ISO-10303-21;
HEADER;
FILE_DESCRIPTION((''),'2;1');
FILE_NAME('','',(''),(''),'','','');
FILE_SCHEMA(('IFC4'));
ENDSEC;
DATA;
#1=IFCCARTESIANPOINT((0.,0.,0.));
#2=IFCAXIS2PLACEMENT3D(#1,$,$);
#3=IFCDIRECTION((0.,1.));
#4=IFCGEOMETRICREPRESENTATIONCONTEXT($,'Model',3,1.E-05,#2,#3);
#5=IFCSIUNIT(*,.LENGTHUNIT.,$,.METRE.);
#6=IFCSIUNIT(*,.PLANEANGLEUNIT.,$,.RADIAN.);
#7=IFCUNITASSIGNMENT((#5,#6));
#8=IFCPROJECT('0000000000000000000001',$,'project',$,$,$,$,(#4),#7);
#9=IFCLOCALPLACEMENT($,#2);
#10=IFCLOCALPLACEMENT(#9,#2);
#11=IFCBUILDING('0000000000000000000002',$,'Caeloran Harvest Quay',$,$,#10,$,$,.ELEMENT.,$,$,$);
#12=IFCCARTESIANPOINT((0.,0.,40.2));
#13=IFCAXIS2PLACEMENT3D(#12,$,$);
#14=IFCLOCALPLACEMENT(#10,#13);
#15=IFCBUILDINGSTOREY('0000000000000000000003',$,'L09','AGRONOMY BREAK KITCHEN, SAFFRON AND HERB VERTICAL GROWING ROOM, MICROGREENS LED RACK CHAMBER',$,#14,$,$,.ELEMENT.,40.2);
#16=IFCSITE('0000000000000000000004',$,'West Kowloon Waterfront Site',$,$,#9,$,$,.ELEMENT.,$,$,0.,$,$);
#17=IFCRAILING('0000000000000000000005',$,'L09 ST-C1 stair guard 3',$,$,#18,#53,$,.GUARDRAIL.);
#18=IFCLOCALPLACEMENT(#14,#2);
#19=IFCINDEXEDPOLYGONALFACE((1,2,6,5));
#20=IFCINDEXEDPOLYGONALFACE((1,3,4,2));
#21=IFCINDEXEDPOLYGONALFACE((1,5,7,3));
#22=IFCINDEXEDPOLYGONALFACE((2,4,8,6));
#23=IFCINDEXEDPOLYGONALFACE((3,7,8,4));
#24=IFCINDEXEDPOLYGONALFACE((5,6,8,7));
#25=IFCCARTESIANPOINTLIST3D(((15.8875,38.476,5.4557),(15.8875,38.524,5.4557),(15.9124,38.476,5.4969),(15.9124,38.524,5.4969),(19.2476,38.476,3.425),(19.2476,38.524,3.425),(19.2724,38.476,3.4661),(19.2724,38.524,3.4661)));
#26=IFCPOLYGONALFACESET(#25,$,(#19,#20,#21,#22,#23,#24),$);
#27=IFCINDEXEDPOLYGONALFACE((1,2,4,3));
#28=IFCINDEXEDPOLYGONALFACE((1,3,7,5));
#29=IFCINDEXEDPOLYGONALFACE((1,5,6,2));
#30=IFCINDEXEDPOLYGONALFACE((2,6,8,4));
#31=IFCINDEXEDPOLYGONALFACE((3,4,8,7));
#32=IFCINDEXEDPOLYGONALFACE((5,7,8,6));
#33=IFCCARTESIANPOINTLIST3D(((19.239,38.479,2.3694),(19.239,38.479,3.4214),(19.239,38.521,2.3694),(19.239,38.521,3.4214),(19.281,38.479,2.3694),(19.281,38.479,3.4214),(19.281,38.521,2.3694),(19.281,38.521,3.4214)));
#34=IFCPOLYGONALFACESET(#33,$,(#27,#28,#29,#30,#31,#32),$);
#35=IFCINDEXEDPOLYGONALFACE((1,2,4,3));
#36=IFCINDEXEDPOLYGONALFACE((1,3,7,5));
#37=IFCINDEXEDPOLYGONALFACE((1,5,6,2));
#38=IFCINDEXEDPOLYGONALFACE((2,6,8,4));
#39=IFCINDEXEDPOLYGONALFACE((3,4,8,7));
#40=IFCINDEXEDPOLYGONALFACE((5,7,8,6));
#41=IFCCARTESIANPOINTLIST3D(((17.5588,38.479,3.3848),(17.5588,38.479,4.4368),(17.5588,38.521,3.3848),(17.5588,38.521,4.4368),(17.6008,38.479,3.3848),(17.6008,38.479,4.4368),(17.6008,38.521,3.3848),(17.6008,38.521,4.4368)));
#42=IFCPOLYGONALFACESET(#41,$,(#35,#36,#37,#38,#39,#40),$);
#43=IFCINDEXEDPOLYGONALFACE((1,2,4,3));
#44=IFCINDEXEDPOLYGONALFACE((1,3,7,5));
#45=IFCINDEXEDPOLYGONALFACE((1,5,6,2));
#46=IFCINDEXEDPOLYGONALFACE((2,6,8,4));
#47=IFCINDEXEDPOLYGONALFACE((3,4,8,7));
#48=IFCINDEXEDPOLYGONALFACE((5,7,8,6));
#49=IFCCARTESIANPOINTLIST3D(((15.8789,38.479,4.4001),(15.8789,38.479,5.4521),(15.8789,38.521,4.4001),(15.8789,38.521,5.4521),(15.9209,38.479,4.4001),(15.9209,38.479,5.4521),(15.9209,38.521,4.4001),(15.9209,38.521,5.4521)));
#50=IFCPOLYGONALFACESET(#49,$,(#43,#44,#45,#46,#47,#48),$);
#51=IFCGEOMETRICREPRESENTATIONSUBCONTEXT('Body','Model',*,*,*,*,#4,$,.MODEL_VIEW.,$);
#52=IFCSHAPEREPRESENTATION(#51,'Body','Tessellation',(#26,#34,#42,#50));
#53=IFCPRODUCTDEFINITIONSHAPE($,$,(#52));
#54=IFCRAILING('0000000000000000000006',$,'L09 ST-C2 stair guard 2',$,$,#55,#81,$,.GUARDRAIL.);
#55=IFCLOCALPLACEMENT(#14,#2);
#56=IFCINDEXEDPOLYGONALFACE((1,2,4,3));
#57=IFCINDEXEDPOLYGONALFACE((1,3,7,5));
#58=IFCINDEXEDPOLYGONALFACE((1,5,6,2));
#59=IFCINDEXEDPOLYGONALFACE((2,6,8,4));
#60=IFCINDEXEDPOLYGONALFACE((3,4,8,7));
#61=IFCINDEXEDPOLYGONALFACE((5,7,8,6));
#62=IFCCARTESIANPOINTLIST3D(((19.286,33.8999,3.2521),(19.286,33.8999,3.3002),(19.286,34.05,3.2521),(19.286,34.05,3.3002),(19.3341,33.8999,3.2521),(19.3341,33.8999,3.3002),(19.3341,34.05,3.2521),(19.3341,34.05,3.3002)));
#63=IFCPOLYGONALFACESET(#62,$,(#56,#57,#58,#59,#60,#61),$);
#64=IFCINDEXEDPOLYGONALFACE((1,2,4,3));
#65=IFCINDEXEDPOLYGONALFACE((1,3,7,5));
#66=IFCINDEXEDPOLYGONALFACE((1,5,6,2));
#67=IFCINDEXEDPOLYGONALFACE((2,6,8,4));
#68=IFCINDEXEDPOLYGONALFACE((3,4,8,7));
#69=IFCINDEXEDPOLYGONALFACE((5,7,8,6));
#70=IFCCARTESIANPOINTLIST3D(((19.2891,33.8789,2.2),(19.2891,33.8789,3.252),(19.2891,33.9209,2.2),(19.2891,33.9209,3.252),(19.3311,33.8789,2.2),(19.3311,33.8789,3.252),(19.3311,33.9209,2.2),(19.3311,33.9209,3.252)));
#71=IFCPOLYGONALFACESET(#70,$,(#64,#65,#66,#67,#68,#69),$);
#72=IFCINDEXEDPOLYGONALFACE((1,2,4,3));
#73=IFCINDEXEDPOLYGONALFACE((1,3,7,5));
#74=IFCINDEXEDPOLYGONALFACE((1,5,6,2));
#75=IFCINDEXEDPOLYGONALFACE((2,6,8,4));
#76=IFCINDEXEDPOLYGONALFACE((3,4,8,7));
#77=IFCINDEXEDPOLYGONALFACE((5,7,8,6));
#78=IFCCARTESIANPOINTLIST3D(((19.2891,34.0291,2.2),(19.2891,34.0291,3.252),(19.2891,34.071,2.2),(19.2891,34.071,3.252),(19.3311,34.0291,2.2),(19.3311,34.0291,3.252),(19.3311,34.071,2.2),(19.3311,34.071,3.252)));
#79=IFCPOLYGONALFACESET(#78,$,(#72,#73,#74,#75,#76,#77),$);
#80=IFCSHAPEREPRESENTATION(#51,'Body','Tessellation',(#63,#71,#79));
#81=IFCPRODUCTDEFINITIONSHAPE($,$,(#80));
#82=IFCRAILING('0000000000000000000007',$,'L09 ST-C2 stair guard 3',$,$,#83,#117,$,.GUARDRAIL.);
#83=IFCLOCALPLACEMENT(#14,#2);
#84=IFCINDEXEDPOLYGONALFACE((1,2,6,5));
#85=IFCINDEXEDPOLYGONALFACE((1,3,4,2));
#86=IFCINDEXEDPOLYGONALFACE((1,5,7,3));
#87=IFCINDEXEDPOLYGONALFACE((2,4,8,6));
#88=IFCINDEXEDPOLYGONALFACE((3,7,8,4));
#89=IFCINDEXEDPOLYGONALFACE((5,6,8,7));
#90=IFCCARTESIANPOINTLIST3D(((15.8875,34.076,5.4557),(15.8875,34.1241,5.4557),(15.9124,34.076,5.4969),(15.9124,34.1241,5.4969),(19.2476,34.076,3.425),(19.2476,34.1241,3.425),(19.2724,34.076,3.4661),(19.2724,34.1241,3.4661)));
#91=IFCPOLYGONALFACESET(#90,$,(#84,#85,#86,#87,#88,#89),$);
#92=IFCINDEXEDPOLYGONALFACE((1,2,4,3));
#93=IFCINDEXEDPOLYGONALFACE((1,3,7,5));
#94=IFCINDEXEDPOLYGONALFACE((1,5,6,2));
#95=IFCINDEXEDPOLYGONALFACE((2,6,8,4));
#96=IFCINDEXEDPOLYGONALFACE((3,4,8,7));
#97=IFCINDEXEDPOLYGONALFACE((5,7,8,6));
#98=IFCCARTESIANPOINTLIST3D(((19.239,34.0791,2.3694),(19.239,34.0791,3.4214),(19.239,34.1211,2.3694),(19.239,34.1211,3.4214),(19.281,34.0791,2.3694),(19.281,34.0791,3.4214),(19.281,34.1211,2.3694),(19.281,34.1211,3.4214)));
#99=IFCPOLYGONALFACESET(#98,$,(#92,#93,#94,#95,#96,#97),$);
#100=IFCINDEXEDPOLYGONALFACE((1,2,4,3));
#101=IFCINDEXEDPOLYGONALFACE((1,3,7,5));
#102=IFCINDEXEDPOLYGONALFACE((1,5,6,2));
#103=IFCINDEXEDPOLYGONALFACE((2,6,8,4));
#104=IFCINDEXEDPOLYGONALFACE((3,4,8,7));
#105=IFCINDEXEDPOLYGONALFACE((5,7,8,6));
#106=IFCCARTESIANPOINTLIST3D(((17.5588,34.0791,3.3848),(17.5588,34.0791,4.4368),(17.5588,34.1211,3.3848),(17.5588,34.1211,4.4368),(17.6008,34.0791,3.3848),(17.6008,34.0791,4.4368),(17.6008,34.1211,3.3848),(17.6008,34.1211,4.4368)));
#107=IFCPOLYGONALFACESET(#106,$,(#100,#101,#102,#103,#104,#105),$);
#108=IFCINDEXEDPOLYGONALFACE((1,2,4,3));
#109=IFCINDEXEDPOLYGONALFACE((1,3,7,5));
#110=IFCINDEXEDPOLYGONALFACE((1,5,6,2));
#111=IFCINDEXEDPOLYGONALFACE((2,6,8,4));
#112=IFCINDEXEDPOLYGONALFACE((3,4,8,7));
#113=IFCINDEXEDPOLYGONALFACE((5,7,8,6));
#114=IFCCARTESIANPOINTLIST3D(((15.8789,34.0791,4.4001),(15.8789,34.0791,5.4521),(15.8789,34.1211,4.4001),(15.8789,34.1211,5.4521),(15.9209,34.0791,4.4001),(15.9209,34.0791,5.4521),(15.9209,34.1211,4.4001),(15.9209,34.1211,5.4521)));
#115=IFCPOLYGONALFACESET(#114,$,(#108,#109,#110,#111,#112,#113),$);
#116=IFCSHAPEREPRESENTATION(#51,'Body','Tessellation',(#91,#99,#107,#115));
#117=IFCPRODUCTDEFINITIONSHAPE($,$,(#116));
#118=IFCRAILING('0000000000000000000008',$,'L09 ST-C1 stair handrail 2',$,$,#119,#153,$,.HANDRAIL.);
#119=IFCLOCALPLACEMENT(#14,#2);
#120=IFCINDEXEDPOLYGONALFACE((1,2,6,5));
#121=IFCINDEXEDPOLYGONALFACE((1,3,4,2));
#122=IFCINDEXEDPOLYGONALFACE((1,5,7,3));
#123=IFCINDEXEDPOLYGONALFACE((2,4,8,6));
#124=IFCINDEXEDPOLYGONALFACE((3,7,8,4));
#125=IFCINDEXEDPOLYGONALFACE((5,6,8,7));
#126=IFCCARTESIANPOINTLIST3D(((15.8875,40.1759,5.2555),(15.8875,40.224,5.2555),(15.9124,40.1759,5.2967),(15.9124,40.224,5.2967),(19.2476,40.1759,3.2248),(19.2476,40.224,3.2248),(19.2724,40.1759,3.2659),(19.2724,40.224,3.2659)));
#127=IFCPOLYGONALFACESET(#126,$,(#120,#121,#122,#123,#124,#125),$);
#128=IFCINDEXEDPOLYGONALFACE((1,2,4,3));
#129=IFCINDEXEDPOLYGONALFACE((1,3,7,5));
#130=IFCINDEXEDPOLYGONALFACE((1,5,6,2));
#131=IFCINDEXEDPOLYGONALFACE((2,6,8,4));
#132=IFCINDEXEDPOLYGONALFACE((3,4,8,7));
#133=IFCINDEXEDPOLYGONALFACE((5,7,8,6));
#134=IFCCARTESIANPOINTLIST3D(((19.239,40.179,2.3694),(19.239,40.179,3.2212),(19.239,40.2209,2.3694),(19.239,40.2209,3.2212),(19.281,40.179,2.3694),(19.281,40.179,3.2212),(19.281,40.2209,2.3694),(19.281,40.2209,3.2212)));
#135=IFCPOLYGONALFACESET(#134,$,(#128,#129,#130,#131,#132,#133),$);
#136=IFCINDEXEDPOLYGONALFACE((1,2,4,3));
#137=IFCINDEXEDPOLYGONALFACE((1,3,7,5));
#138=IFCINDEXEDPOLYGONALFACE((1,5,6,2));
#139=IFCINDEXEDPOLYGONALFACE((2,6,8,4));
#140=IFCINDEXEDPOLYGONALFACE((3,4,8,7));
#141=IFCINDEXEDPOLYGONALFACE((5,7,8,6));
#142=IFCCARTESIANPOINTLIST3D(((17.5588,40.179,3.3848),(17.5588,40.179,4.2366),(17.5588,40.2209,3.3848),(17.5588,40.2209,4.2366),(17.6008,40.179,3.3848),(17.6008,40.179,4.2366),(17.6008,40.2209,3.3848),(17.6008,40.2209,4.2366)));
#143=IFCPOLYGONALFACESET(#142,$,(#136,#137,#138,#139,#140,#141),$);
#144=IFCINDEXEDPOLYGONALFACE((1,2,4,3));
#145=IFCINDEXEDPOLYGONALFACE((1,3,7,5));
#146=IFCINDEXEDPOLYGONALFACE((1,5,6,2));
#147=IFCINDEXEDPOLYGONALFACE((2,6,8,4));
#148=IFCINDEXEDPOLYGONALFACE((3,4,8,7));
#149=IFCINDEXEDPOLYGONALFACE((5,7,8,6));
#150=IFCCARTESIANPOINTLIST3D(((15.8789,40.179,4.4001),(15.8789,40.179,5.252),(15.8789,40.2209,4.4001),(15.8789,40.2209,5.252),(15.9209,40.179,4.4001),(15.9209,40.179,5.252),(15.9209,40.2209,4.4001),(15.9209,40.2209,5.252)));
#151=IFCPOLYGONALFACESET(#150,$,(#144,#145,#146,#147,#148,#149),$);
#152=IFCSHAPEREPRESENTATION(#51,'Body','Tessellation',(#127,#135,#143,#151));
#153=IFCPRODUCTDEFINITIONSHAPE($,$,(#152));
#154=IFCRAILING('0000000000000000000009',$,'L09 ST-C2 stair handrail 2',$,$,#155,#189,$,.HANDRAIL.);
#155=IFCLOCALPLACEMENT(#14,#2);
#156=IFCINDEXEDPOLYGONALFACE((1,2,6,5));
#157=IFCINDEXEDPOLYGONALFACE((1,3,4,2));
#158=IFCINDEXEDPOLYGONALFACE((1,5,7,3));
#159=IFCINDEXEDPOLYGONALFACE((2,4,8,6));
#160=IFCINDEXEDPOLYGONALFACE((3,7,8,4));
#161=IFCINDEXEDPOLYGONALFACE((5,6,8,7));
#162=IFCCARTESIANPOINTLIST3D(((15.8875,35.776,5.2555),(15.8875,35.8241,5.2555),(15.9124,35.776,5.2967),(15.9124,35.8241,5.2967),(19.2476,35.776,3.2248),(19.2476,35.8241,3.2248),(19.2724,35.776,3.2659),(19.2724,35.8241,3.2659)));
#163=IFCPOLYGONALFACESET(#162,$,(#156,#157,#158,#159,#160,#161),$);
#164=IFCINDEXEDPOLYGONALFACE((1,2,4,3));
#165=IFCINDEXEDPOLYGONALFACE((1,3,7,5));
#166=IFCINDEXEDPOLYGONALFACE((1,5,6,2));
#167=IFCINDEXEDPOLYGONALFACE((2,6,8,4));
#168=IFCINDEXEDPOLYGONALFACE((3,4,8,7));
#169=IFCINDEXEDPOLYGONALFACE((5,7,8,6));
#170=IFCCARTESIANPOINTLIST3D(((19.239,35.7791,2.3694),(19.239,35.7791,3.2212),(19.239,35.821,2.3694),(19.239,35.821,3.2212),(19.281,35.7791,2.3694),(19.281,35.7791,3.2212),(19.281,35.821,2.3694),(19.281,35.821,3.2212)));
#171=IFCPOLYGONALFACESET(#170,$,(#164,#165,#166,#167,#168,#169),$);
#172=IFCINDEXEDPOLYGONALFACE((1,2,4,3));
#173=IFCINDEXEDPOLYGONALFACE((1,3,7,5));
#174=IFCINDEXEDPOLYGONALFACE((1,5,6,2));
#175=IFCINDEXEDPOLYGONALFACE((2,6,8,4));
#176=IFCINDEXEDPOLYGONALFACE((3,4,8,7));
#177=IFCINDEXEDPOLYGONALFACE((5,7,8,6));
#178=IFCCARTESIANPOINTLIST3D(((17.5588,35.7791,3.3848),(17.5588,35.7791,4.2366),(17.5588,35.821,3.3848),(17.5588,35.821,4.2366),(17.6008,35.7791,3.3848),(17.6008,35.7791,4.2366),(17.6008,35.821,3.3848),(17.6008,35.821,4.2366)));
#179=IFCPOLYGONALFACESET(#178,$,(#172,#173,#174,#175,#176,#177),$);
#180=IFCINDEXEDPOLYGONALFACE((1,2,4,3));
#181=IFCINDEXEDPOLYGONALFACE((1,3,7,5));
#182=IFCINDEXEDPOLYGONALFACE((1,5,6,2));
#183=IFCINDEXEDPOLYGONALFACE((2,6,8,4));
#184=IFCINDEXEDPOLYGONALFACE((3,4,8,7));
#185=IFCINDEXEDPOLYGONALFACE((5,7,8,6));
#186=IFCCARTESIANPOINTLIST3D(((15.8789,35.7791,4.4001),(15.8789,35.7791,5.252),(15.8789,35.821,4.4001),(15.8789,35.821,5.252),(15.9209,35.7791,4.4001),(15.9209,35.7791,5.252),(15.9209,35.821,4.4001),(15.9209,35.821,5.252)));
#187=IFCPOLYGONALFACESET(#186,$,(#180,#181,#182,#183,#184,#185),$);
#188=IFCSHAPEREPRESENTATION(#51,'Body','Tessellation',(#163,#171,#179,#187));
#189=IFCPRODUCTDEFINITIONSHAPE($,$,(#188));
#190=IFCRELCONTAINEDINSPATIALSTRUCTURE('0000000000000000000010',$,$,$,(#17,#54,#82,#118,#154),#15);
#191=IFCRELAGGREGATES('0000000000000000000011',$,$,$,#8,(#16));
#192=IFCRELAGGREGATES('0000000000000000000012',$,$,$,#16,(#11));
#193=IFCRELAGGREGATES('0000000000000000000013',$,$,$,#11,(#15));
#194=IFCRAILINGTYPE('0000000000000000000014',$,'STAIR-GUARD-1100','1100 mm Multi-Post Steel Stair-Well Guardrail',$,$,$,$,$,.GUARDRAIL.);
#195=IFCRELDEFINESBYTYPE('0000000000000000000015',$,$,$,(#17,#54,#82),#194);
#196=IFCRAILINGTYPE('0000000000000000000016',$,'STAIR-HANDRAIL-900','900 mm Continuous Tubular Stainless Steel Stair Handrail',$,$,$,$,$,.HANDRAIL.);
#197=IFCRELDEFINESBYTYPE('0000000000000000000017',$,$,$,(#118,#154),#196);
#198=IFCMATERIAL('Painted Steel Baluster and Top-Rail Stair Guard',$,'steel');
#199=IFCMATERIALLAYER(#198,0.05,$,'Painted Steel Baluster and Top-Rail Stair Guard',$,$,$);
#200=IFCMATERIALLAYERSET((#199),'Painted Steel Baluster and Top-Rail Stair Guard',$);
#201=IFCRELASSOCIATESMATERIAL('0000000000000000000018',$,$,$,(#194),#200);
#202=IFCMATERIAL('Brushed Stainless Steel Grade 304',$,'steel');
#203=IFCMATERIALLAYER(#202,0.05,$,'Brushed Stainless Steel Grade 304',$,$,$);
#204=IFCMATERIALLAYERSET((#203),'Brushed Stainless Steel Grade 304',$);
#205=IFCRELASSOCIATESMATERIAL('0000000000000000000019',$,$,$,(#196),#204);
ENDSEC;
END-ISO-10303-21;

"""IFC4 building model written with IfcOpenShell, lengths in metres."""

from ifc_helpers import new_model, si_unit, direction, frame, origin, origin_2d, place, context, subcontext, project, spatial, rectangle, extrude, material, layer, layer_set, type_object, element, save


model = new_model("IFC4")

# Units and contexts
model_context = context("Model", 3, precision=1e-05, world=origin(), true_north=direction((0.0, 1.0)))
body_context = subcontext(model_context, "Body", "Model", "MODEL_VIEW")
ifc_project = project(units=[si_unit("LENGTHUNIT", "METRE"), si_unit("PLANEANGLEUNIT", "RADIAN")], contexts=[model_context])

# Site, building, storey
site_placement = place(None, origin())
site = spatial("IfcSite", under=ifc_project, at=site_placement, Name="West Kowloon Waterfront Site", CompositionType="ELEMENT", RefElevation=0.0)
building_placement = place(site_placement, origin())
building = spatial("IfcBuilding", under=site, at=building_placement, Name="Caeloran Harvest Quay", CompositionType="ELEMENT")
storey_placement = place(building_placement, frame((0.0, 0.0, 40.2)))
storey = spatial("IfcBuildingStorey", under=building, at=storey_placement, Name="L09", Description="AGRONOMY BREAK KITCHEN, SAFFRON AND HERB VERTICAL GROWING ROOM, MICROGREENS LED RACK CHAMBER", CompositionType="ELEMENT", Elevation=40.2)

# Railings
ifc_material_1 = material(Name="Painted Steel Baluster and Top-Rail Stair Guard", Category="steel")
ifc_layer_1 = layer(ifc_material_1, 0.05, Name="Painted Steel Baluster and Top-Rail Stair Guard")
ifc_layer_set_1 = layer_set([ifc_layer_1], Name="Painted Steel Baluster and Top-Rail Stair Guard")
railing_type_1 = type_object("IfcRailingType", Name="STAIR-GUARD-1100", Description="1100 mm Multi-Post Steel Stair-Well Guardrail", PredefinedType="GUARDRAIL", material=ifc_layer_set_1)
railing_1_placement = place(storey_placement, frame((19.26, 38.5, 2.3694)))
element("IfcRailing", 1, at=railing_1_placement, inside=storey, type_object=railing_type_1, Name="L09 ST-C1 stair guard 3", PredefinedType="GUARDRAIL", context=body_context, shape_type="SweptSolid", body=[
    extrude(rectangle(XDim=0.0481, YDim=0.0481, at=origin_2d()), frame((0.0, 0.0, 1.0762), z_axis=(-0.855837, 0.0, 0.517246), x_axis=(0.0, -1.0, 0.0)), (0.0, 0.0, 1.0), 3.926),
    extrude(rectangle(XDim=0.042, YDim=0.042, at=origin_2d()), origin(), (0.0, 0.0, 1.0), 1.052),
    extrude(rectangle(XDim=0.042, YDim=0.042, at=origin_2d()), frame((-1.6802, 0.0, 1.0154)), (0.0, 0.0, 1.0), 1.052),
    extrude(rectangle(XDim=0.042, YDim=0.042, at=origin_2d()), frame((-3.3601, 0.0, 2.0308)), (0.0, 0.0, 1.0), 1.052),
])
railing_2_placement = place(storey_placement, frame((19.3101, 33.8999, 2.2)))
element("IfcRailing", 2, at=railing_2_placement, inside=storey, type_object=railing_type_1, Name="L09 ST-C2 stair guard 2", PredefinedType="GUARDRAIL", context=body_context, shape_type="SweptSolid", body=[
    extrude(rectangle(XDim=0.0481, YDim=0.0481, at=origin_2d()), frame((0.0, 0.0, 1.0762), z_axis=(0.0, 1.0, 0.0), x_axis=(-1.0, 0.0, 0.0)), (0.0, 0.0, 1.0), 0.1501),
    extrude(rectangle(XDim=0.042, YDim=0.042, at=origin_2d()), origin(), (0.0, 0.0, 1.0), 1.052),
    extrude(rectangle(XDim=0.042, YDim=0.042, at=origin_2d()), frame((0.0, 0.1501, 0.0)), (0.0, 0.0, 1.0), 1.052),
])
railing_3_placement = place(storey_placement, frame((19.26, 34.1001, 2.3694)))
element("IfcRailing", 3, at=railing_3_placement, inside=storey, type_object=railing_type_1, Name="L09 ST-C2 stair guard 3", PredefinedType="GUARDRAIL", context=body_context, shape_type="SweptSolid", body=[
    extrude(rectangle(XDim=0.0481, YDim=0.0481, at=origin_2d()), frame((0.0, 0.0, 1.0762), z_axis=(-0.855837, 0.0, 0.517246), x_axis=(0.0, -1.0, 0.0)), (0.0, 0.0, 1.0), 3.926),
    extrude(rectangle(XDim=0.042, YDim=0.042, at=origin_2d()), origin(), (0.0, 0.0, 1.0), 1.052),
    extrude(rectangle(XDim=0.042, YDim=0.042, at=origin_2d()), frame((-1.6802, 0.0, 1.0154)), (0.0, 0.0, 1.0), 1.052),
    extrude(rectangle(XDim=0.042, YDim=0.042, at=origin_2d()), frame((-3.3601, 0.0, 2.0308)), (0.0, 0.0, 1.0), 1.052),
])
ifc_material_2 = material(Name="Brushed Stainless Steel Grade 304", Category="steel")
ifc_layer_2 = layer(ifc_material_2, 0.05, Name="Brushed Stainless Steel Grade 304")
ifc_layer_set_2 = layer_set([ifc_layer_2], Name="Brushed Stainless Steel Grade 304")
railing_type_2 = type_object("IfcRailingType", Name="STAIR-HANDRAIL-900", Description="900 mm Continuous Tubular Stainless Steel Stair Handrail", PredefinedType="HANDRAIL", material=ifc_layer_set_2)
for number, where, name in (
    (4, (19.26, 40.2, 2.3694), "L09 ST-C1 stair handrail 2"),
    (5, (19.26, 35.8, 2.3694), "L09 ST-C2 stair handrail 2"),
):
    element("IfcRailing", number, at=place(storey_placement, frame(where)), inside=storey, type_object=railing_type_2, Name=name, PredefinedType="HANDRAIL", context=body_context, shape_type="SweptSolid", body=[
        extrude(rectangle(XDim=0.0481, YDim=0.0481, at=origin_2d()), frame((0.0, 0.0, 0.876), z_axis=(-0.855837, 0.0, 0.517246), x_axis=(0.0, -1.0, 0.0)), (0.0, 0.0, 1.0), 3.926),
        extrude(rectangle(XDim=0.042, YDim=0.042, at=origin_2d()), origin(), (0.0, 0.0, 1.0), 0.8518),
        extrude(rectangle(XDim=0.042, YDim=0.042, at=origin_2d()), frame((-1.6802, 0.0, 1.0154)), (0.0, 0.0, 1.0), 0.8518),
        extrude(rectangle(XDim=0.042, YDim=0.042, at=origin_2d()), frame((-3.3601, 0.0, 2.0308)), (0.0, 0.0, 1.0), 0.8518),
    ])

save(model, "model.ifc")
